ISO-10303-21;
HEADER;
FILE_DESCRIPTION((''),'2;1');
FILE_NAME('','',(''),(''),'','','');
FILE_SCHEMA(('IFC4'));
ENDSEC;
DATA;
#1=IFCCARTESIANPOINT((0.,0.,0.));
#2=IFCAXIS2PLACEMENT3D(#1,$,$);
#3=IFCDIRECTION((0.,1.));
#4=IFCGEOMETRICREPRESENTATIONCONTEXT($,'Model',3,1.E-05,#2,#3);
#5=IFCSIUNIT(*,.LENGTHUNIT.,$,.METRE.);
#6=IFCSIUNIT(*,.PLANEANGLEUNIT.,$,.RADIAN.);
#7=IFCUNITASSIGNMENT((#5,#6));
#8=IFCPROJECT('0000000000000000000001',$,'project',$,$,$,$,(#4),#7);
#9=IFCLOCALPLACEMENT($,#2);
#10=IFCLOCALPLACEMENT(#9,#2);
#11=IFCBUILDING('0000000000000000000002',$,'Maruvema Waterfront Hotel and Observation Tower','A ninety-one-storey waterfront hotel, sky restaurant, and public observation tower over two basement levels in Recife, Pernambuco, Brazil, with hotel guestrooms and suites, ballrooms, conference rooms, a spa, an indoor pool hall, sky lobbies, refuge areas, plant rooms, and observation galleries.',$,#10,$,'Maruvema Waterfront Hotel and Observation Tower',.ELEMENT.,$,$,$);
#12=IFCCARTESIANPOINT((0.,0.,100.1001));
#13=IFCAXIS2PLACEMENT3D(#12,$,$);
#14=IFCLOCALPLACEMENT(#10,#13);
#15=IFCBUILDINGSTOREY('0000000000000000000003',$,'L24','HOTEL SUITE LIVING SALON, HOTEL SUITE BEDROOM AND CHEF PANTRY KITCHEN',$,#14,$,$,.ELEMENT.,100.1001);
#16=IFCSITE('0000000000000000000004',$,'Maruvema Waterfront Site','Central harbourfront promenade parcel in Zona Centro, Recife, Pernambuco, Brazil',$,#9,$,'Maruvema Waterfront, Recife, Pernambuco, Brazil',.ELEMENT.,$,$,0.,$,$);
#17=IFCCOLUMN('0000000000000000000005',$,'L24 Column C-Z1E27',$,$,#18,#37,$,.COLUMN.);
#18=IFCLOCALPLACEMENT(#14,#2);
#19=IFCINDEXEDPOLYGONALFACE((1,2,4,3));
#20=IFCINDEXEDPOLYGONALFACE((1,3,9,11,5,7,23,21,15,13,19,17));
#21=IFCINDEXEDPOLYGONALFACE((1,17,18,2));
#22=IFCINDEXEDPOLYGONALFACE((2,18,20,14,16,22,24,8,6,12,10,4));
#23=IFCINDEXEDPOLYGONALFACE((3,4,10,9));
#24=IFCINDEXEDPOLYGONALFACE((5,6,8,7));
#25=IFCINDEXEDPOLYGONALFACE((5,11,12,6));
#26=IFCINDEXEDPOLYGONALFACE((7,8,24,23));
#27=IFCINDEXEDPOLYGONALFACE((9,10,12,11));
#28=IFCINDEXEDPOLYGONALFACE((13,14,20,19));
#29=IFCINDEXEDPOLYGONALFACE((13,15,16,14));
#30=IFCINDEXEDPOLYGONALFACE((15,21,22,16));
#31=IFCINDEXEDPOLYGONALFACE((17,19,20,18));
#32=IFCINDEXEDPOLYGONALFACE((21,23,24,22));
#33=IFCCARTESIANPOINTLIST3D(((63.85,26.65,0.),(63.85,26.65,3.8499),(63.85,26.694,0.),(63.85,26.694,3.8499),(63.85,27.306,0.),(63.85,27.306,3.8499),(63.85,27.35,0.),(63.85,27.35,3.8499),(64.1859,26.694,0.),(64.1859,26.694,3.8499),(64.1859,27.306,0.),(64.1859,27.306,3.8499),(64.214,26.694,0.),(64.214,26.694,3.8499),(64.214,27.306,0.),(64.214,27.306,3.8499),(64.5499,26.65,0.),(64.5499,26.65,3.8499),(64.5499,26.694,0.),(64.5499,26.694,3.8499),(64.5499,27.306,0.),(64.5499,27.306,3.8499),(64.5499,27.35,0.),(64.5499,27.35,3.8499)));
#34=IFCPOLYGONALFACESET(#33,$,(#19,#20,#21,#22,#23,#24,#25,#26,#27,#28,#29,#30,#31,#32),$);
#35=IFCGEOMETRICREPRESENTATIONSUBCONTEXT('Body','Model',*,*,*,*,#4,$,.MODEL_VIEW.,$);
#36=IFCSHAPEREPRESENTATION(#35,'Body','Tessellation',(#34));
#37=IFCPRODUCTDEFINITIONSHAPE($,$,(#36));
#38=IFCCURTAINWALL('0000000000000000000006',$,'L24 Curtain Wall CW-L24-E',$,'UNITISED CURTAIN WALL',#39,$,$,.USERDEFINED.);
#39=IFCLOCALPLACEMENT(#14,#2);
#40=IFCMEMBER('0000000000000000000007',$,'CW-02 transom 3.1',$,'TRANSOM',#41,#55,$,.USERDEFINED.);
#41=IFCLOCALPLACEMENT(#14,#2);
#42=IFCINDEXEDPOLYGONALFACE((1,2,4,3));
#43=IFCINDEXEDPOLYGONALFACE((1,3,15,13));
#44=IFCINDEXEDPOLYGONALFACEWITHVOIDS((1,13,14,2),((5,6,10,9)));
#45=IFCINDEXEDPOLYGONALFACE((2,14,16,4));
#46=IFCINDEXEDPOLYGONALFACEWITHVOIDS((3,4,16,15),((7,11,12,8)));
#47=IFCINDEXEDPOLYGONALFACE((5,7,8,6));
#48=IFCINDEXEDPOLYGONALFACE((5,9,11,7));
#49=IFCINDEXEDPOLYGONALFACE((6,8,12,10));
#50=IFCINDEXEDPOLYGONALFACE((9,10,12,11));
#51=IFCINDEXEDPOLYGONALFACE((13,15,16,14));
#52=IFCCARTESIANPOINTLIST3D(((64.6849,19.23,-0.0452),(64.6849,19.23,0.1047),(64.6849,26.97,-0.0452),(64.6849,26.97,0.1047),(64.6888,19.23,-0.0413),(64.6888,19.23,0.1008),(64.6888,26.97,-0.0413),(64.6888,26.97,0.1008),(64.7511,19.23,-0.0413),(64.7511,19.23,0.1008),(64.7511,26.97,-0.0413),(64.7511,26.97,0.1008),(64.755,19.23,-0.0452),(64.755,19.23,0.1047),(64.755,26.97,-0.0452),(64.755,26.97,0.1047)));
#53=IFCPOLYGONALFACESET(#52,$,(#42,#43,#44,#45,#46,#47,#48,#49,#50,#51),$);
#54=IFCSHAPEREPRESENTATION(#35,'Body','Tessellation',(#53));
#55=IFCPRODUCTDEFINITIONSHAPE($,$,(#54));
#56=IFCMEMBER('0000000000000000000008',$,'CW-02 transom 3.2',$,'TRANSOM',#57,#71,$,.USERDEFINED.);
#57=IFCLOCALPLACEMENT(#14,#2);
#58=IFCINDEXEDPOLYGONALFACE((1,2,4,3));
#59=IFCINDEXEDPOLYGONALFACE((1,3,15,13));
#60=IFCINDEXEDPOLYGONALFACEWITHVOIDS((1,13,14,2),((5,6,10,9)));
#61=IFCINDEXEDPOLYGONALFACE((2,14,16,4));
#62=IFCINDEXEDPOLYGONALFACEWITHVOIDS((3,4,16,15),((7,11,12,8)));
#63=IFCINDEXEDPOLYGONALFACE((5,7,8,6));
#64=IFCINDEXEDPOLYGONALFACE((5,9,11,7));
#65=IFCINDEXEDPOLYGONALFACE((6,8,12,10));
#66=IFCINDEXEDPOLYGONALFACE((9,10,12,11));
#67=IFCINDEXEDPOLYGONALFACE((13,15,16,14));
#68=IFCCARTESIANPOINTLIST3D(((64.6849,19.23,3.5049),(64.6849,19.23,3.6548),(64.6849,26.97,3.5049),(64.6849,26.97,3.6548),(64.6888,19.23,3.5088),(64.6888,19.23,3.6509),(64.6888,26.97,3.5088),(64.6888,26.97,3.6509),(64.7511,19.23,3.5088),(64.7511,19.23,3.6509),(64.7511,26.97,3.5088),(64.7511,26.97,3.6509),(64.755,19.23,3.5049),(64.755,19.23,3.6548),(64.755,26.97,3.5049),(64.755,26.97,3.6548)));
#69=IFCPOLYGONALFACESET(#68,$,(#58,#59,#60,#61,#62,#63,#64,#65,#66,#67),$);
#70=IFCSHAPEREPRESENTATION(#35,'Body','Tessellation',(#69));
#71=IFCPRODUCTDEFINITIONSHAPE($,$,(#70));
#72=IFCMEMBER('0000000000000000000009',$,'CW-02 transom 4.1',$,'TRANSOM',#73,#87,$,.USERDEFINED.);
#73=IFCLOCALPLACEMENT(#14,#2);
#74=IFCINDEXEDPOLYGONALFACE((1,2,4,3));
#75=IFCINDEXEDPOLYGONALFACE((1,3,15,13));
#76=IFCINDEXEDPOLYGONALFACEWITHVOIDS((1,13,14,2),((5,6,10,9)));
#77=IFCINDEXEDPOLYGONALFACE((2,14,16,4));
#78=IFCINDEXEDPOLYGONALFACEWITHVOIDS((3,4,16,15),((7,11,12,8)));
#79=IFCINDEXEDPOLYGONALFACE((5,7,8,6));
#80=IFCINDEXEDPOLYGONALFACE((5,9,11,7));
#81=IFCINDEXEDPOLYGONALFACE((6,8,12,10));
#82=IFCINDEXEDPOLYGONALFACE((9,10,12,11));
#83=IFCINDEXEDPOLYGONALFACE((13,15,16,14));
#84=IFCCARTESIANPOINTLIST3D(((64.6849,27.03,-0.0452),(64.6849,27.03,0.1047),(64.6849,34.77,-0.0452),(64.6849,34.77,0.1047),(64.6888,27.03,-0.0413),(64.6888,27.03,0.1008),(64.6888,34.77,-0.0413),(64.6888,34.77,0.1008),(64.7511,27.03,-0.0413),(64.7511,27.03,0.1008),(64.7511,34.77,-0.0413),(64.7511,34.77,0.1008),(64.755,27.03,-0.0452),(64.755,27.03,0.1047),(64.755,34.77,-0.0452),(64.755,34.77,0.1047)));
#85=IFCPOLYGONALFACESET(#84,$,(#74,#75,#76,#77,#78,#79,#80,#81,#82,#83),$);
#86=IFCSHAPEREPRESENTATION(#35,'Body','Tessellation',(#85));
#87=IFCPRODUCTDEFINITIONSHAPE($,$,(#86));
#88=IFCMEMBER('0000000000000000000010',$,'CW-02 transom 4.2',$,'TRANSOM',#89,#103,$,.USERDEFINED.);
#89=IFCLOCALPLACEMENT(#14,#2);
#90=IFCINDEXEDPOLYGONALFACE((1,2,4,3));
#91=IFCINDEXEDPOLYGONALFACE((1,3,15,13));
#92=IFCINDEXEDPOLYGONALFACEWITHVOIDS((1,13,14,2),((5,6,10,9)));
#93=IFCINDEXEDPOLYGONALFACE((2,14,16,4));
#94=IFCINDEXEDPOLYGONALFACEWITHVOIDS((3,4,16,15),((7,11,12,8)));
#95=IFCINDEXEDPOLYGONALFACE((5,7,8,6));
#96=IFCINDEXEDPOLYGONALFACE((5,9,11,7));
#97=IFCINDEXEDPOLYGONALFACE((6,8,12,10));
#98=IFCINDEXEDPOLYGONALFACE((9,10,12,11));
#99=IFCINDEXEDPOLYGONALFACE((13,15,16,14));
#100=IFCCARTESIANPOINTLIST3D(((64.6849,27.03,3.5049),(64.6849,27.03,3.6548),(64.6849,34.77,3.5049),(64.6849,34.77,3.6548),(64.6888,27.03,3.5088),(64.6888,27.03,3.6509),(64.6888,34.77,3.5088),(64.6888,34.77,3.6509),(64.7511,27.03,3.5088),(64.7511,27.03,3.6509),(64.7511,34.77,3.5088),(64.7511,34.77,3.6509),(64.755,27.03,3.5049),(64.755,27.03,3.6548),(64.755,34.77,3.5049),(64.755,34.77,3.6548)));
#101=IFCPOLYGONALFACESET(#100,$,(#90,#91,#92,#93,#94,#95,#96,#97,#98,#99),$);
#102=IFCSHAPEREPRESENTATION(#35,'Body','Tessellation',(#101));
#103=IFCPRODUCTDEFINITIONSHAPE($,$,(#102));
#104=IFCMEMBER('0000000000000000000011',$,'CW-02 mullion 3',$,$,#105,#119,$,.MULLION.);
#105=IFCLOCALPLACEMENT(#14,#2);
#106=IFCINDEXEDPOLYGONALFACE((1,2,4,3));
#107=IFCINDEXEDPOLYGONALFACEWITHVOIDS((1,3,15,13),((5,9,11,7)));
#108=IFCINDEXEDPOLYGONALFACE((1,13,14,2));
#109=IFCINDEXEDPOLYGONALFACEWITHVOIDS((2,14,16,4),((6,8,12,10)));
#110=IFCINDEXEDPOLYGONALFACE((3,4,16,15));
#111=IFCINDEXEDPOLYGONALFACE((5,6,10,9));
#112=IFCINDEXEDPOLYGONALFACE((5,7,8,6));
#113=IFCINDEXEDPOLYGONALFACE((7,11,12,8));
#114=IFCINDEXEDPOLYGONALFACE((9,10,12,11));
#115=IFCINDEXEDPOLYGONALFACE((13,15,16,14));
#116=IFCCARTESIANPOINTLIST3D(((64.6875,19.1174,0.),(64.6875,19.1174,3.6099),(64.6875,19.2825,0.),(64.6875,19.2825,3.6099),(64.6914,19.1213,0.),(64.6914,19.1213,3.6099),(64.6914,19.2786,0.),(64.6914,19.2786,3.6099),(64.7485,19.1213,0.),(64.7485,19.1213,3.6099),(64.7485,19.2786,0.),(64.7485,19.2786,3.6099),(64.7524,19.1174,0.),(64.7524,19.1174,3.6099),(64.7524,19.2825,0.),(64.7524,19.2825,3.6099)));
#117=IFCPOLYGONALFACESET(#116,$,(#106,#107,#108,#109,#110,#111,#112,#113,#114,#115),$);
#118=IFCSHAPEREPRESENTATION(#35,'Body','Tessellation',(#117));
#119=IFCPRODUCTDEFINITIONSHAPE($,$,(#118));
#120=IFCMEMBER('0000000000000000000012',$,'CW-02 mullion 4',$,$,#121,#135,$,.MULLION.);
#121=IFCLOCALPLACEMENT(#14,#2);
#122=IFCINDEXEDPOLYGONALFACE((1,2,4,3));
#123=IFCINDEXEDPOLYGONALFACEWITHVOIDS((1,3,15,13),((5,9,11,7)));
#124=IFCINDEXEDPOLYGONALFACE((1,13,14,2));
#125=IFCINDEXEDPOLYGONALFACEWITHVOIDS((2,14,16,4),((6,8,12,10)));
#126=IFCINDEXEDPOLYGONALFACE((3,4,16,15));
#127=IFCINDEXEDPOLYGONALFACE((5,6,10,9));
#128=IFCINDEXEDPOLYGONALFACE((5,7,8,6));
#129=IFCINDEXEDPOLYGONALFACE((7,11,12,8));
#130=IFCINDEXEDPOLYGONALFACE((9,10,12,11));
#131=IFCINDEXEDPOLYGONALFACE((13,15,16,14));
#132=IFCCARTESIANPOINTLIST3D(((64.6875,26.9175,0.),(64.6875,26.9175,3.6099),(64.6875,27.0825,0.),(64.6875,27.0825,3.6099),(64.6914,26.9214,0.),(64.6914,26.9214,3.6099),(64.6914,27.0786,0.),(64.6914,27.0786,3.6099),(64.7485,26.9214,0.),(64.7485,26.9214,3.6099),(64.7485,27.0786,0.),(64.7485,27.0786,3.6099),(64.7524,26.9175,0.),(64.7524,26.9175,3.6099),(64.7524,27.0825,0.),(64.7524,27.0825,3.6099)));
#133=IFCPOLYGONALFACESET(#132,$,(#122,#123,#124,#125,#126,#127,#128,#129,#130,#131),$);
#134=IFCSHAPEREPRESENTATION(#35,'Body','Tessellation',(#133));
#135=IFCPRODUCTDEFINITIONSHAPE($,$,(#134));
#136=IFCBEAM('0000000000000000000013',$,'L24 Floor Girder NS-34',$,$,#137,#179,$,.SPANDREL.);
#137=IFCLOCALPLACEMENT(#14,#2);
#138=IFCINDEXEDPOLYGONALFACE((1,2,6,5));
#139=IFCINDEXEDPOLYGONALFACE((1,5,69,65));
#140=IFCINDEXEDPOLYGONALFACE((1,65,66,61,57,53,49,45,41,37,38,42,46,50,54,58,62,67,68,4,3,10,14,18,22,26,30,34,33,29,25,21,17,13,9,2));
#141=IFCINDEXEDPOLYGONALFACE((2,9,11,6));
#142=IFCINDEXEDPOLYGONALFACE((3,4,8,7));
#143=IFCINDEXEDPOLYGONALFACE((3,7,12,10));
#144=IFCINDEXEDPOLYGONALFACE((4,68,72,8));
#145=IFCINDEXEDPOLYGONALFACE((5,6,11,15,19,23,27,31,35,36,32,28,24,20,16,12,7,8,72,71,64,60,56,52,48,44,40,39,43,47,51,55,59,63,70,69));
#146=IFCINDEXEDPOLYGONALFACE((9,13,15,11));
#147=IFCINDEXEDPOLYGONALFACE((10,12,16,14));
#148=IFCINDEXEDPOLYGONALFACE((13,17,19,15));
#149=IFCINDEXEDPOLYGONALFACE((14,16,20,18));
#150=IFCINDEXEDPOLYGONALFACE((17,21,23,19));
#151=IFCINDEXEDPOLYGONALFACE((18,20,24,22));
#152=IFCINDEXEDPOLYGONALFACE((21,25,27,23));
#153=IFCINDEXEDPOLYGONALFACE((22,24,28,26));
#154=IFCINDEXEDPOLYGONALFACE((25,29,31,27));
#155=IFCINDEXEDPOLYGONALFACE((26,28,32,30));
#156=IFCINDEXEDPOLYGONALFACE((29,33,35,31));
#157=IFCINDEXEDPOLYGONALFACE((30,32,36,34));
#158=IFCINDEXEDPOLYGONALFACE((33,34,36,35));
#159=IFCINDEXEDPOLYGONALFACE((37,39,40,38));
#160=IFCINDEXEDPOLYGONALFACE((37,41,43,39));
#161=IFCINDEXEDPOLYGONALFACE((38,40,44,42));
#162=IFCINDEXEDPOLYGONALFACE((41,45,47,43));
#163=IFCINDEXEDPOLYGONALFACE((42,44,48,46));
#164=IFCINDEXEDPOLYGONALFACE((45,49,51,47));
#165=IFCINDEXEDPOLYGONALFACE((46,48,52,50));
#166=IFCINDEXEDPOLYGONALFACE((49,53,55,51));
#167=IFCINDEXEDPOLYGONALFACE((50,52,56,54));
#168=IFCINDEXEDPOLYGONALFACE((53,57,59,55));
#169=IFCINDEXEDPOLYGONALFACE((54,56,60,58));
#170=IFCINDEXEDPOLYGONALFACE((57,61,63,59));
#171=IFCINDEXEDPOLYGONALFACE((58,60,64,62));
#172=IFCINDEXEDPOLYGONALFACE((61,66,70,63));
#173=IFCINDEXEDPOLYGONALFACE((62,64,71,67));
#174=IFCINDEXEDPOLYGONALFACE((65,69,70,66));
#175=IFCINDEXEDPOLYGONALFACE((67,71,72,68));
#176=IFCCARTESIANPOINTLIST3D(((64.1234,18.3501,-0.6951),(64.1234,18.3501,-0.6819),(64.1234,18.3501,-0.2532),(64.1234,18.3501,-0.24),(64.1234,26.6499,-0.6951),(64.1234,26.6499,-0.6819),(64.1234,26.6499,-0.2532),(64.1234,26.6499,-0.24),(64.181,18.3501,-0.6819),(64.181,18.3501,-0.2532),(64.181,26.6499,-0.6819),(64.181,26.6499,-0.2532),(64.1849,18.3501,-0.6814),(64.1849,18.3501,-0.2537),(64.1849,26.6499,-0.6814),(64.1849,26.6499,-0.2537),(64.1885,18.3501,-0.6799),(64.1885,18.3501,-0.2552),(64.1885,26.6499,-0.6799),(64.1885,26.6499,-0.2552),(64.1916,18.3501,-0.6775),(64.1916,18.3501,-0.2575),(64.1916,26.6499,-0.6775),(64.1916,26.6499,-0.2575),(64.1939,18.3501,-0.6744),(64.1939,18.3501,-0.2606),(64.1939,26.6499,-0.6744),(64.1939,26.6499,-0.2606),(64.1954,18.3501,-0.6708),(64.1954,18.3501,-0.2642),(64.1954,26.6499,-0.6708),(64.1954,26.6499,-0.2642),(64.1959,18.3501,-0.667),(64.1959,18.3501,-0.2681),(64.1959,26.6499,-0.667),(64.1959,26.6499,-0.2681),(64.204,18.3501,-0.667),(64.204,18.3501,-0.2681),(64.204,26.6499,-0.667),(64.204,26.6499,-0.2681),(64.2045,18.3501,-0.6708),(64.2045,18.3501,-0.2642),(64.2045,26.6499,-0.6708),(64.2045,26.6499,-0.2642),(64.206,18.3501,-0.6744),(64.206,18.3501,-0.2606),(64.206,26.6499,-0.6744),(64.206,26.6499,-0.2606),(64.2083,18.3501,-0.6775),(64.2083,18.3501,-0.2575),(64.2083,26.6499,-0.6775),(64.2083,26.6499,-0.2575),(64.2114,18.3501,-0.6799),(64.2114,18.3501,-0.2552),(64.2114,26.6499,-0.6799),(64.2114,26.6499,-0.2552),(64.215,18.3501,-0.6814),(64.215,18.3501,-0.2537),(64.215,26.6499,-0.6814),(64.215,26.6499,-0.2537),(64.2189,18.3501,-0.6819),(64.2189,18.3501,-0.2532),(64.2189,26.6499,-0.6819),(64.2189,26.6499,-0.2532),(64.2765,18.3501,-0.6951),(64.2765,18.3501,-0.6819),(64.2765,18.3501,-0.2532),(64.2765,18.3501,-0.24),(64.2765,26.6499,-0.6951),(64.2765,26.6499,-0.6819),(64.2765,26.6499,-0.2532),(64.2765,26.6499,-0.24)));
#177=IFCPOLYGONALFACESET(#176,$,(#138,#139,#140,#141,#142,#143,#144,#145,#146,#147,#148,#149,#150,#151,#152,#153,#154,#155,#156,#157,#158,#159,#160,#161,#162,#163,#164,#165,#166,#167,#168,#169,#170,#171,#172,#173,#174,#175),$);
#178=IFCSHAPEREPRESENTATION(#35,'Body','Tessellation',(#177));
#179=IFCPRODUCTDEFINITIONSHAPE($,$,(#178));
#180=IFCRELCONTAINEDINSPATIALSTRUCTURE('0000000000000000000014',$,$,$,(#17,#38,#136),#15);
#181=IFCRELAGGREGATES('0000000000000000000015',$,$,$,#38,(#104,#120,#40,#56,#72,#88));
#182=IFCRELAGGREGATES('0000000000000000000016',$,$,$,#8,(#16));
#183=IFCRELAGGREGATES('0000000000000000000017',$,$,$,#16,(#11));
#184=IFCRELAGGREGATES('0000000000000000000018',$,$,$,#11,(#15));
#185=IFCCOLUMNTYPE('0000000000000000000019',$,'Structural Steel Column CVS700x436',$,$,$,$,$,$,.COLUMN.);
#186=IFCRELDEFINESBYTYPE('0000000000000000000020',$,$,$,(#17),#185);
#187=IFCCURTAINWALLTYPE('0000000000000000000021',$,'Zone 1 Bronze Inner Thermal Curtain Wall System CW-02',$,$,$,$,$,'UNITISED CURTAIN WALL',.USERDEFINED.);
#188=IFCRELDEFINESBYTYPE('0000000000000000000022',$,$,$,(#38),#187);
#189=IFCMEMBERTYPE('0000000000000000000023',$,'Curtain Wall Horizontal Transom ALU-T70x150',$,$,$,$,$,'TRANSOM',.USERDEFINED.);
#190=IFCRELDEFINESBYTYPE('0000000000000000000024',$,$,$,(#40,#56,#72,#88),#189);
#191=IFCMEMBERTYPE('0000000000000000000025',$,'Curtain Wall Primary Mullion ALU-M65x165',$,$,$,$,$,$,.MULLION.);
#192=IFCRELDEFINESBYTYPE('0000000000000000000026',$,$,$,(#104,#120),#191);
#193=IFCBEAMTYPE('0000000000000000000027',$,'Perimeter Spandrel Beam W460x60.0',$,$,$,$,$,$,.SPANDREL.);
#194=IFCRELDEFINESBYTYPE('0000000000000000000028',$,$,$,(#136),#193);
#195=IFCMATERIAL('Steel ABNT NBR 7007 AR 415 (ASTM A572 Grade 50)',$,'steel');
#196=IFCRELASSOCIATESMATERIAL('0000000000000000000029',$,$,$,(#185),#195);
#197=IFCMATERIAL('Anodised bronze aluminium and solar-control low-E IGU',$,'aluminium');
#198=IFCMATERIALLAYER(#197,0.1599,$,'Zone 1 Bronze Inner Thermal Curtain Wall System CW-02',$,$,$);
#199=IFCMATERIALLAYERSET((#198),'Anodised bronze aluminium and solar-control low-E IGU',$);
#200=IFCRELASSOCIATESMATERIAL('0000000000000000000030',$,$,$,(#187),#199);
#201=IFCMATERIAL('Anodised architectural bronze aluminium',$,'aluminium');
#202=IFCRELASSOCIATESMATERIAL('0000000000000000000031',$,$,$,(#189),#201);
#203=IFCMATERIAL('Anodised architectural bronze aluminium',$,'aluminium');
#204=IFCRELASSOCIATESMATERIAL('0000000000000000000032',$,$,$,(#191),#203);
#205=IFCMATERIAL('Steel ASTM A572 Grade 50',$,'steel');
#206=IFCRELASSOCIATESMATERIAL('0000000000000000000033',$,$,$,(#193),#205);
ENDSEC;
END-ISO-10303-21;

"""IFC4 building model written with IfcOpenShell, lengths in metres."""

from ifc_helpers import new_model, si_unit, direction, frame, origin, origin_2d, place, context, subcontext, project, spatial, hollow_rectangle, i_section, extrude, material, layer, layer_set, material_profile, profile_set, type_object, element, aggregate, save


model = new_model("IFC4")

# Units and contexts
model_context = context("Model", 3, precision=1e-05, world=origin(), true_north=direction((0.0, 1.0)))
body_context = subcontext(model_context, "Body", "Model", "MODEL_VIEW")
ifc_project = project(units=[si_unit("LENGTHUNIT", "METRE"), si_unit("PLANEANGLEUNIT", "RADIAN")], contexts=[model_context])

# Site, building, storey
site_placement = place(None, origin())
site = spatial("IfcSite", under=ifc_project, at=site_placement, Name="Maruvema Waterfront Site", Description="Central harbourfront promenade parcel in Zona Centro, Recife, Pernambuco, Brazil", LongName="Maruvema Waterfront, Recife, Pernambuco, Brazil", CompositionType="ELEMENT", RefElevation=0.0)
building_placement = place(site_placement, origin())
building = spatial("IfcBuilding", under=site, at=building_placement, Name="Maruvema Waterfront Hotel and Observation Tower", Description="A ninety-one-storey waterfront hotel, sky restaurant, and public observation tower over two basement levels in Recife, Pernambuco, Brazil, with hotel guestrooms and suites, ballrooms, conference rooms, a spa, an indoor pool hall, sky lobbies, refuge areas, plant rooms, and observation galleries.", LongName="Maruvema Waterfront Hotel and Observation Tower", CompositionType="ELEMENT")
storey_placement = place(building_placement, frame((0.0, 0.0, 100.1001)))
storey = spatial("IfcBuildingStorey", under=building, at=storey_placement, Name="L24", Description="HOTEL SUITE LIVING SALON, HOTEL SUITE BEDROOM AND CHEF PANTRY KITCHEN", CompositionType="ELEMENT", Elevation=100.1001)

# Column
ifc_material_1 = material(Name="Steel ABNT NBR 7007 AR 415 (ASTM A572 Grade 50)", Category="steel")
ifc_material_profile_1 = material_profile(ifc_material_1, i_section(OverallWidth=0.7, OverallDepth=0.7, WebThickness=0.0281, FlangeThickness=0.0439, at=origin_2d()), Name="CVS700x436")
ifc_profile_set_1 = profile_set([ifc_material_profile_1], Name="Steel ABNT NBR 7007 AR 415 (ASTM A572 Grade 50)")
column_type = type_object("IfcColumnType", Name="Structural Steel Column CVS700x436", PredefinedType="COLUMN", material=ifc_profile_set_1)
column_placement = place(storey_placement, frame((64.2, 27.0, 0.0), z_axis=(0.0, 0.0, 1.0), x_axis=(1.0, 0.0, 0.0)))
element("IfcColumn", 1, at=column_placement, inside=storey, type_object=column_type, Name="L24 Column C-Z1E27", PredefinedType="COLUMN", context=body_context, shape_type="SweptSolid", body=[
    extrude(i_section(OverallWidth=0.7, OverallDepth=0.7, WebThickness=0.0281, FlangeThickness=0.0439, at=origin_2d()), origin(), (0.0, 0.0, 1.0), 3.8499),
])

# Curtain wall, members
ifc_material_2 = material(Name="Anodised bronze aluminium and solar-control low-E IGU", Category="aluminium")
ifc_layer_1 = layer(ifc_material_2, 0.1599, Name="Zone 1 Bronze Inner Thermal Curtain Wall System CW-02")
ifc_layer_set_1 = layer_set([ifc_layer_1], Name="Anodised bronze aluminium and solar-control low-E IGU")
curtain_wall_type = type_object("IfcCurtainWallType", Name="Zone 1 Bronze Inner Thermal Curtain Wall System CW-02", ElementType="UNITISED CURTAIN WALL", PredefinedType="USERDEFINED", material=ifc_layer_set_1)
curtain_wall_placement = place(storey_placement, origin())
curtain_wall = element("IfcCurtainWall", 2, at=curtain_wall_placement, inside=storey, type_object=curtain_wall_type, Name="L24 Curtain Wall CW-L24-E", ObjectType="UNITISED CURTAIN WALL", PredefinedType="USERDEFINED")
ifc_material_3 = material(Name="Anodised architectural bronze aluminium", Category="aluminium")
ifc_material_profile_2 = material_profile(ifc_material_3, hollow_rectangle(XDim=0.0701, YDim=0.1499, WallThickness=0.0039, at=origin_2d()), Name="ALU-T70x150")
ifc_profile_set_2 = profile_set([ifc_material_profile_2], Name="Anodised architectural bronze aluminium")
member_type_1 = type_object("IfcMemberType", Name="Curtain Wall Horizontal Transom ALU-T70x150", ElementType="TRANSOM", PredefinedType="USERDEFINED", material=ifc_profile_set_2)
member_1_placement = place(storey_placement, frame((64.72, 19.23, 0.0298), z_axis=(0.0, 1.0, 0.0), x_axis=(-1.0, 0.0, 0.0)))
member_1 = element("IfcMember", 3, at=member_1_placement, type_object=member_type_1, Name="CW-02 transom 3.1", ObjectType="TRANSOM", PredefinedType="USERDEFINED", context=body_context, shape_type="SweptSolid", body=[
    extrude(hollow_rectangle(XDim=0.0701, YDim=0.1499, WallThickness=0.0039, at=origin_2d()), origin(), (0.0, 0.0, 1.0), 7.74),
])
member_2_placement = place(storey_placement, frame((64.72, 19.23, 3.5798), z_axis=(0.0, 1.0, 0.0), x_axis=(-1.0, 0.0, 0.0)))
member_2 = element("IfcMember", 4, at=member_2_placement, type_object=member_type_1, Name="CW-02 transom 3.2", ObjectType="TRANSOM", PredefinedType="USERDEFINED", context=body_context, shape_type="SweptSolid", body=[
    extrude(hollow_rectangle(XDim=0.0701, YDim=0.1499, WallThickness=0.0039, at=origin_2d()), origin(), (0.0, 0.0, 1.0), 7.74),
])
member_3_placement = place(storey_placement, frame((64.72, 27.03, 0.0298), z_axis=(0.0, 1.0, 0.0), x_axis=(-1.0, 0.0, 0.0)))
member_3 = element("IfcMember", 5, at=member_3_placement, type_object=member_type_1, Name="CW-02 transom 4.1", ObjectType="TRANSOM", PredefinedType="USERDEFINED", context=body_context, shape_type="SweptSolid", body=[
    extrude(hollow_rectangle(XDim=0.0701, YDim=0.1499, WallThickness=0.0039, at=origin_2d()), origin(), (0.0, 0.0, 1.0), 7.74),
])
member_4_placement = place(storey_placement, frame((64.72, 27.03, 3.5798), z_axis=(0.0, 1.0, 0.0), x_axis=(-1.0, 0.0, 0.0)))
member_4 = element("IfcMember", 6, at=member_4_placement, type_object=member_type_1, Name="CW-02 transom 4.2", ObjectType="TRANSOM", PredefinedType="USERDEFINED", context=body_context, shape_type="SweptSolid", body=[
    extrude(hollow_rectangle(XDim=0.0701, YDim=0.1499, WallThickness=0.0039, at=origin_2d()), origin(), (0.0, 0.0, 1.0), 7.74),
])
ifc_material_4 = material(Name="Anodised architectural bronze aluminium", Category="aluminium")
ifc_material_profile_3 = material_profile(ifc_material_4, hollow_rectangle(XDim=0.0649, YDim=0.165, WallThickness=0.0039, at=origin_2d()), Name="ALU-M65x165")
ifc_profile_set_3 = profile_set([ifc_material_profile_3], Name="Anodised architectural bronze aluminium")
member_type_2 = type_object("IfcMemberType", Name="Curtain Wall Primary Mullion ALU-M65x165", PredefinedType="MULLION", material=ifc_profile_set_3)
member_5_placement = place(storey_placement, frame((64.72, 19.2, 0.0), z_axis=(0.0, 0.0, 1.0), x_axis=(-1.0, 0.0, 0.0)))
member_5 = element("IfcMember", 7, at=member_5_placement, type_object=member_type_2, Name="CW-02 mullion 3", PredefinedType="MULLION", context=body_context, shape_type="SweptSolid", body=[
    extrude(hollow_rectangle(XDim=0.0649, YDim=0.165, WallThickness=0.0039, at=origin_2d()), origin(), (0.0, 0.0, 1.0), 3.6099),
])
member_6_placement = place(storey_placement, frame((64.72, 27.0, 0.0), z_axis=(0.0, 0.0, 1.0), x_axis=(-1.0, 0.0, 0.0)))
member_6 = element("IfcMember", 8, at=member_6_placement, type_object=member_type_2, Name="CW-02 mullion 4", PredefinedType="MULLION", context=body_context, shape_type="SweptSolid", body=[
    extrude(hollow_rectangle(XDim=0.0649, YDim=0.165, WallThickness=0.0039, at=origin_2d()), origin(), (0.0, 0.0, 1.0), 3.6099),
])

# Beam
ifc_material_5 = material(Name="Steel ASTM A572 Grade 50", Category="steel")
ifc_material_profile_4 = material_profile(ifc_material_5, i_section(OverallWidth=0.1531, OverallDepth=0.4551, WebThickness=0.0081, FlangeThickness=0.0132, FilletRadius=0.0149, at=origin_2d()), Name="W460x60.0")
ifc_profile_set_4 = profile_set([ifc_material_profile_4], Name="Steel ASTM A572 Grade 50")
beam_type_1 = type_object("IfcBeamType", Name="Perimeter Spandrel Beam W460x60.0", PredefinedType="SPANDREL", material=ifc_profile_set_4)
beam_1_placement = place(storey_placement, frame((64.2, 18.3501, -0.4675), z_axis=(0.0, 1.0, 0.0), x_axis=(-1.0, 0.0, 0.0)))
element("IfcBeam", 9, at=beam_1_placement, inside=storey, type_object=beam_type_1, Name="L24 Floor Girder NS-34", PredefinedType="SPANDREL", context=body_context, shape_type="SweptSolid", body=[
    extrude(i_section(OverallWidth=0.1531, OverallDepth=0.4551, WebThickness=0.0081, FlangeThickness=0.0132, FilletRadius=0.0149, at=origin_2d()), origin(), (0.0, 0.0, 1.0), 8.2998),
])

aggregate(curtain_wall, [member_5, member_6, member_1, member_2, member_3, member_4])

save(model, "model.ifc")
